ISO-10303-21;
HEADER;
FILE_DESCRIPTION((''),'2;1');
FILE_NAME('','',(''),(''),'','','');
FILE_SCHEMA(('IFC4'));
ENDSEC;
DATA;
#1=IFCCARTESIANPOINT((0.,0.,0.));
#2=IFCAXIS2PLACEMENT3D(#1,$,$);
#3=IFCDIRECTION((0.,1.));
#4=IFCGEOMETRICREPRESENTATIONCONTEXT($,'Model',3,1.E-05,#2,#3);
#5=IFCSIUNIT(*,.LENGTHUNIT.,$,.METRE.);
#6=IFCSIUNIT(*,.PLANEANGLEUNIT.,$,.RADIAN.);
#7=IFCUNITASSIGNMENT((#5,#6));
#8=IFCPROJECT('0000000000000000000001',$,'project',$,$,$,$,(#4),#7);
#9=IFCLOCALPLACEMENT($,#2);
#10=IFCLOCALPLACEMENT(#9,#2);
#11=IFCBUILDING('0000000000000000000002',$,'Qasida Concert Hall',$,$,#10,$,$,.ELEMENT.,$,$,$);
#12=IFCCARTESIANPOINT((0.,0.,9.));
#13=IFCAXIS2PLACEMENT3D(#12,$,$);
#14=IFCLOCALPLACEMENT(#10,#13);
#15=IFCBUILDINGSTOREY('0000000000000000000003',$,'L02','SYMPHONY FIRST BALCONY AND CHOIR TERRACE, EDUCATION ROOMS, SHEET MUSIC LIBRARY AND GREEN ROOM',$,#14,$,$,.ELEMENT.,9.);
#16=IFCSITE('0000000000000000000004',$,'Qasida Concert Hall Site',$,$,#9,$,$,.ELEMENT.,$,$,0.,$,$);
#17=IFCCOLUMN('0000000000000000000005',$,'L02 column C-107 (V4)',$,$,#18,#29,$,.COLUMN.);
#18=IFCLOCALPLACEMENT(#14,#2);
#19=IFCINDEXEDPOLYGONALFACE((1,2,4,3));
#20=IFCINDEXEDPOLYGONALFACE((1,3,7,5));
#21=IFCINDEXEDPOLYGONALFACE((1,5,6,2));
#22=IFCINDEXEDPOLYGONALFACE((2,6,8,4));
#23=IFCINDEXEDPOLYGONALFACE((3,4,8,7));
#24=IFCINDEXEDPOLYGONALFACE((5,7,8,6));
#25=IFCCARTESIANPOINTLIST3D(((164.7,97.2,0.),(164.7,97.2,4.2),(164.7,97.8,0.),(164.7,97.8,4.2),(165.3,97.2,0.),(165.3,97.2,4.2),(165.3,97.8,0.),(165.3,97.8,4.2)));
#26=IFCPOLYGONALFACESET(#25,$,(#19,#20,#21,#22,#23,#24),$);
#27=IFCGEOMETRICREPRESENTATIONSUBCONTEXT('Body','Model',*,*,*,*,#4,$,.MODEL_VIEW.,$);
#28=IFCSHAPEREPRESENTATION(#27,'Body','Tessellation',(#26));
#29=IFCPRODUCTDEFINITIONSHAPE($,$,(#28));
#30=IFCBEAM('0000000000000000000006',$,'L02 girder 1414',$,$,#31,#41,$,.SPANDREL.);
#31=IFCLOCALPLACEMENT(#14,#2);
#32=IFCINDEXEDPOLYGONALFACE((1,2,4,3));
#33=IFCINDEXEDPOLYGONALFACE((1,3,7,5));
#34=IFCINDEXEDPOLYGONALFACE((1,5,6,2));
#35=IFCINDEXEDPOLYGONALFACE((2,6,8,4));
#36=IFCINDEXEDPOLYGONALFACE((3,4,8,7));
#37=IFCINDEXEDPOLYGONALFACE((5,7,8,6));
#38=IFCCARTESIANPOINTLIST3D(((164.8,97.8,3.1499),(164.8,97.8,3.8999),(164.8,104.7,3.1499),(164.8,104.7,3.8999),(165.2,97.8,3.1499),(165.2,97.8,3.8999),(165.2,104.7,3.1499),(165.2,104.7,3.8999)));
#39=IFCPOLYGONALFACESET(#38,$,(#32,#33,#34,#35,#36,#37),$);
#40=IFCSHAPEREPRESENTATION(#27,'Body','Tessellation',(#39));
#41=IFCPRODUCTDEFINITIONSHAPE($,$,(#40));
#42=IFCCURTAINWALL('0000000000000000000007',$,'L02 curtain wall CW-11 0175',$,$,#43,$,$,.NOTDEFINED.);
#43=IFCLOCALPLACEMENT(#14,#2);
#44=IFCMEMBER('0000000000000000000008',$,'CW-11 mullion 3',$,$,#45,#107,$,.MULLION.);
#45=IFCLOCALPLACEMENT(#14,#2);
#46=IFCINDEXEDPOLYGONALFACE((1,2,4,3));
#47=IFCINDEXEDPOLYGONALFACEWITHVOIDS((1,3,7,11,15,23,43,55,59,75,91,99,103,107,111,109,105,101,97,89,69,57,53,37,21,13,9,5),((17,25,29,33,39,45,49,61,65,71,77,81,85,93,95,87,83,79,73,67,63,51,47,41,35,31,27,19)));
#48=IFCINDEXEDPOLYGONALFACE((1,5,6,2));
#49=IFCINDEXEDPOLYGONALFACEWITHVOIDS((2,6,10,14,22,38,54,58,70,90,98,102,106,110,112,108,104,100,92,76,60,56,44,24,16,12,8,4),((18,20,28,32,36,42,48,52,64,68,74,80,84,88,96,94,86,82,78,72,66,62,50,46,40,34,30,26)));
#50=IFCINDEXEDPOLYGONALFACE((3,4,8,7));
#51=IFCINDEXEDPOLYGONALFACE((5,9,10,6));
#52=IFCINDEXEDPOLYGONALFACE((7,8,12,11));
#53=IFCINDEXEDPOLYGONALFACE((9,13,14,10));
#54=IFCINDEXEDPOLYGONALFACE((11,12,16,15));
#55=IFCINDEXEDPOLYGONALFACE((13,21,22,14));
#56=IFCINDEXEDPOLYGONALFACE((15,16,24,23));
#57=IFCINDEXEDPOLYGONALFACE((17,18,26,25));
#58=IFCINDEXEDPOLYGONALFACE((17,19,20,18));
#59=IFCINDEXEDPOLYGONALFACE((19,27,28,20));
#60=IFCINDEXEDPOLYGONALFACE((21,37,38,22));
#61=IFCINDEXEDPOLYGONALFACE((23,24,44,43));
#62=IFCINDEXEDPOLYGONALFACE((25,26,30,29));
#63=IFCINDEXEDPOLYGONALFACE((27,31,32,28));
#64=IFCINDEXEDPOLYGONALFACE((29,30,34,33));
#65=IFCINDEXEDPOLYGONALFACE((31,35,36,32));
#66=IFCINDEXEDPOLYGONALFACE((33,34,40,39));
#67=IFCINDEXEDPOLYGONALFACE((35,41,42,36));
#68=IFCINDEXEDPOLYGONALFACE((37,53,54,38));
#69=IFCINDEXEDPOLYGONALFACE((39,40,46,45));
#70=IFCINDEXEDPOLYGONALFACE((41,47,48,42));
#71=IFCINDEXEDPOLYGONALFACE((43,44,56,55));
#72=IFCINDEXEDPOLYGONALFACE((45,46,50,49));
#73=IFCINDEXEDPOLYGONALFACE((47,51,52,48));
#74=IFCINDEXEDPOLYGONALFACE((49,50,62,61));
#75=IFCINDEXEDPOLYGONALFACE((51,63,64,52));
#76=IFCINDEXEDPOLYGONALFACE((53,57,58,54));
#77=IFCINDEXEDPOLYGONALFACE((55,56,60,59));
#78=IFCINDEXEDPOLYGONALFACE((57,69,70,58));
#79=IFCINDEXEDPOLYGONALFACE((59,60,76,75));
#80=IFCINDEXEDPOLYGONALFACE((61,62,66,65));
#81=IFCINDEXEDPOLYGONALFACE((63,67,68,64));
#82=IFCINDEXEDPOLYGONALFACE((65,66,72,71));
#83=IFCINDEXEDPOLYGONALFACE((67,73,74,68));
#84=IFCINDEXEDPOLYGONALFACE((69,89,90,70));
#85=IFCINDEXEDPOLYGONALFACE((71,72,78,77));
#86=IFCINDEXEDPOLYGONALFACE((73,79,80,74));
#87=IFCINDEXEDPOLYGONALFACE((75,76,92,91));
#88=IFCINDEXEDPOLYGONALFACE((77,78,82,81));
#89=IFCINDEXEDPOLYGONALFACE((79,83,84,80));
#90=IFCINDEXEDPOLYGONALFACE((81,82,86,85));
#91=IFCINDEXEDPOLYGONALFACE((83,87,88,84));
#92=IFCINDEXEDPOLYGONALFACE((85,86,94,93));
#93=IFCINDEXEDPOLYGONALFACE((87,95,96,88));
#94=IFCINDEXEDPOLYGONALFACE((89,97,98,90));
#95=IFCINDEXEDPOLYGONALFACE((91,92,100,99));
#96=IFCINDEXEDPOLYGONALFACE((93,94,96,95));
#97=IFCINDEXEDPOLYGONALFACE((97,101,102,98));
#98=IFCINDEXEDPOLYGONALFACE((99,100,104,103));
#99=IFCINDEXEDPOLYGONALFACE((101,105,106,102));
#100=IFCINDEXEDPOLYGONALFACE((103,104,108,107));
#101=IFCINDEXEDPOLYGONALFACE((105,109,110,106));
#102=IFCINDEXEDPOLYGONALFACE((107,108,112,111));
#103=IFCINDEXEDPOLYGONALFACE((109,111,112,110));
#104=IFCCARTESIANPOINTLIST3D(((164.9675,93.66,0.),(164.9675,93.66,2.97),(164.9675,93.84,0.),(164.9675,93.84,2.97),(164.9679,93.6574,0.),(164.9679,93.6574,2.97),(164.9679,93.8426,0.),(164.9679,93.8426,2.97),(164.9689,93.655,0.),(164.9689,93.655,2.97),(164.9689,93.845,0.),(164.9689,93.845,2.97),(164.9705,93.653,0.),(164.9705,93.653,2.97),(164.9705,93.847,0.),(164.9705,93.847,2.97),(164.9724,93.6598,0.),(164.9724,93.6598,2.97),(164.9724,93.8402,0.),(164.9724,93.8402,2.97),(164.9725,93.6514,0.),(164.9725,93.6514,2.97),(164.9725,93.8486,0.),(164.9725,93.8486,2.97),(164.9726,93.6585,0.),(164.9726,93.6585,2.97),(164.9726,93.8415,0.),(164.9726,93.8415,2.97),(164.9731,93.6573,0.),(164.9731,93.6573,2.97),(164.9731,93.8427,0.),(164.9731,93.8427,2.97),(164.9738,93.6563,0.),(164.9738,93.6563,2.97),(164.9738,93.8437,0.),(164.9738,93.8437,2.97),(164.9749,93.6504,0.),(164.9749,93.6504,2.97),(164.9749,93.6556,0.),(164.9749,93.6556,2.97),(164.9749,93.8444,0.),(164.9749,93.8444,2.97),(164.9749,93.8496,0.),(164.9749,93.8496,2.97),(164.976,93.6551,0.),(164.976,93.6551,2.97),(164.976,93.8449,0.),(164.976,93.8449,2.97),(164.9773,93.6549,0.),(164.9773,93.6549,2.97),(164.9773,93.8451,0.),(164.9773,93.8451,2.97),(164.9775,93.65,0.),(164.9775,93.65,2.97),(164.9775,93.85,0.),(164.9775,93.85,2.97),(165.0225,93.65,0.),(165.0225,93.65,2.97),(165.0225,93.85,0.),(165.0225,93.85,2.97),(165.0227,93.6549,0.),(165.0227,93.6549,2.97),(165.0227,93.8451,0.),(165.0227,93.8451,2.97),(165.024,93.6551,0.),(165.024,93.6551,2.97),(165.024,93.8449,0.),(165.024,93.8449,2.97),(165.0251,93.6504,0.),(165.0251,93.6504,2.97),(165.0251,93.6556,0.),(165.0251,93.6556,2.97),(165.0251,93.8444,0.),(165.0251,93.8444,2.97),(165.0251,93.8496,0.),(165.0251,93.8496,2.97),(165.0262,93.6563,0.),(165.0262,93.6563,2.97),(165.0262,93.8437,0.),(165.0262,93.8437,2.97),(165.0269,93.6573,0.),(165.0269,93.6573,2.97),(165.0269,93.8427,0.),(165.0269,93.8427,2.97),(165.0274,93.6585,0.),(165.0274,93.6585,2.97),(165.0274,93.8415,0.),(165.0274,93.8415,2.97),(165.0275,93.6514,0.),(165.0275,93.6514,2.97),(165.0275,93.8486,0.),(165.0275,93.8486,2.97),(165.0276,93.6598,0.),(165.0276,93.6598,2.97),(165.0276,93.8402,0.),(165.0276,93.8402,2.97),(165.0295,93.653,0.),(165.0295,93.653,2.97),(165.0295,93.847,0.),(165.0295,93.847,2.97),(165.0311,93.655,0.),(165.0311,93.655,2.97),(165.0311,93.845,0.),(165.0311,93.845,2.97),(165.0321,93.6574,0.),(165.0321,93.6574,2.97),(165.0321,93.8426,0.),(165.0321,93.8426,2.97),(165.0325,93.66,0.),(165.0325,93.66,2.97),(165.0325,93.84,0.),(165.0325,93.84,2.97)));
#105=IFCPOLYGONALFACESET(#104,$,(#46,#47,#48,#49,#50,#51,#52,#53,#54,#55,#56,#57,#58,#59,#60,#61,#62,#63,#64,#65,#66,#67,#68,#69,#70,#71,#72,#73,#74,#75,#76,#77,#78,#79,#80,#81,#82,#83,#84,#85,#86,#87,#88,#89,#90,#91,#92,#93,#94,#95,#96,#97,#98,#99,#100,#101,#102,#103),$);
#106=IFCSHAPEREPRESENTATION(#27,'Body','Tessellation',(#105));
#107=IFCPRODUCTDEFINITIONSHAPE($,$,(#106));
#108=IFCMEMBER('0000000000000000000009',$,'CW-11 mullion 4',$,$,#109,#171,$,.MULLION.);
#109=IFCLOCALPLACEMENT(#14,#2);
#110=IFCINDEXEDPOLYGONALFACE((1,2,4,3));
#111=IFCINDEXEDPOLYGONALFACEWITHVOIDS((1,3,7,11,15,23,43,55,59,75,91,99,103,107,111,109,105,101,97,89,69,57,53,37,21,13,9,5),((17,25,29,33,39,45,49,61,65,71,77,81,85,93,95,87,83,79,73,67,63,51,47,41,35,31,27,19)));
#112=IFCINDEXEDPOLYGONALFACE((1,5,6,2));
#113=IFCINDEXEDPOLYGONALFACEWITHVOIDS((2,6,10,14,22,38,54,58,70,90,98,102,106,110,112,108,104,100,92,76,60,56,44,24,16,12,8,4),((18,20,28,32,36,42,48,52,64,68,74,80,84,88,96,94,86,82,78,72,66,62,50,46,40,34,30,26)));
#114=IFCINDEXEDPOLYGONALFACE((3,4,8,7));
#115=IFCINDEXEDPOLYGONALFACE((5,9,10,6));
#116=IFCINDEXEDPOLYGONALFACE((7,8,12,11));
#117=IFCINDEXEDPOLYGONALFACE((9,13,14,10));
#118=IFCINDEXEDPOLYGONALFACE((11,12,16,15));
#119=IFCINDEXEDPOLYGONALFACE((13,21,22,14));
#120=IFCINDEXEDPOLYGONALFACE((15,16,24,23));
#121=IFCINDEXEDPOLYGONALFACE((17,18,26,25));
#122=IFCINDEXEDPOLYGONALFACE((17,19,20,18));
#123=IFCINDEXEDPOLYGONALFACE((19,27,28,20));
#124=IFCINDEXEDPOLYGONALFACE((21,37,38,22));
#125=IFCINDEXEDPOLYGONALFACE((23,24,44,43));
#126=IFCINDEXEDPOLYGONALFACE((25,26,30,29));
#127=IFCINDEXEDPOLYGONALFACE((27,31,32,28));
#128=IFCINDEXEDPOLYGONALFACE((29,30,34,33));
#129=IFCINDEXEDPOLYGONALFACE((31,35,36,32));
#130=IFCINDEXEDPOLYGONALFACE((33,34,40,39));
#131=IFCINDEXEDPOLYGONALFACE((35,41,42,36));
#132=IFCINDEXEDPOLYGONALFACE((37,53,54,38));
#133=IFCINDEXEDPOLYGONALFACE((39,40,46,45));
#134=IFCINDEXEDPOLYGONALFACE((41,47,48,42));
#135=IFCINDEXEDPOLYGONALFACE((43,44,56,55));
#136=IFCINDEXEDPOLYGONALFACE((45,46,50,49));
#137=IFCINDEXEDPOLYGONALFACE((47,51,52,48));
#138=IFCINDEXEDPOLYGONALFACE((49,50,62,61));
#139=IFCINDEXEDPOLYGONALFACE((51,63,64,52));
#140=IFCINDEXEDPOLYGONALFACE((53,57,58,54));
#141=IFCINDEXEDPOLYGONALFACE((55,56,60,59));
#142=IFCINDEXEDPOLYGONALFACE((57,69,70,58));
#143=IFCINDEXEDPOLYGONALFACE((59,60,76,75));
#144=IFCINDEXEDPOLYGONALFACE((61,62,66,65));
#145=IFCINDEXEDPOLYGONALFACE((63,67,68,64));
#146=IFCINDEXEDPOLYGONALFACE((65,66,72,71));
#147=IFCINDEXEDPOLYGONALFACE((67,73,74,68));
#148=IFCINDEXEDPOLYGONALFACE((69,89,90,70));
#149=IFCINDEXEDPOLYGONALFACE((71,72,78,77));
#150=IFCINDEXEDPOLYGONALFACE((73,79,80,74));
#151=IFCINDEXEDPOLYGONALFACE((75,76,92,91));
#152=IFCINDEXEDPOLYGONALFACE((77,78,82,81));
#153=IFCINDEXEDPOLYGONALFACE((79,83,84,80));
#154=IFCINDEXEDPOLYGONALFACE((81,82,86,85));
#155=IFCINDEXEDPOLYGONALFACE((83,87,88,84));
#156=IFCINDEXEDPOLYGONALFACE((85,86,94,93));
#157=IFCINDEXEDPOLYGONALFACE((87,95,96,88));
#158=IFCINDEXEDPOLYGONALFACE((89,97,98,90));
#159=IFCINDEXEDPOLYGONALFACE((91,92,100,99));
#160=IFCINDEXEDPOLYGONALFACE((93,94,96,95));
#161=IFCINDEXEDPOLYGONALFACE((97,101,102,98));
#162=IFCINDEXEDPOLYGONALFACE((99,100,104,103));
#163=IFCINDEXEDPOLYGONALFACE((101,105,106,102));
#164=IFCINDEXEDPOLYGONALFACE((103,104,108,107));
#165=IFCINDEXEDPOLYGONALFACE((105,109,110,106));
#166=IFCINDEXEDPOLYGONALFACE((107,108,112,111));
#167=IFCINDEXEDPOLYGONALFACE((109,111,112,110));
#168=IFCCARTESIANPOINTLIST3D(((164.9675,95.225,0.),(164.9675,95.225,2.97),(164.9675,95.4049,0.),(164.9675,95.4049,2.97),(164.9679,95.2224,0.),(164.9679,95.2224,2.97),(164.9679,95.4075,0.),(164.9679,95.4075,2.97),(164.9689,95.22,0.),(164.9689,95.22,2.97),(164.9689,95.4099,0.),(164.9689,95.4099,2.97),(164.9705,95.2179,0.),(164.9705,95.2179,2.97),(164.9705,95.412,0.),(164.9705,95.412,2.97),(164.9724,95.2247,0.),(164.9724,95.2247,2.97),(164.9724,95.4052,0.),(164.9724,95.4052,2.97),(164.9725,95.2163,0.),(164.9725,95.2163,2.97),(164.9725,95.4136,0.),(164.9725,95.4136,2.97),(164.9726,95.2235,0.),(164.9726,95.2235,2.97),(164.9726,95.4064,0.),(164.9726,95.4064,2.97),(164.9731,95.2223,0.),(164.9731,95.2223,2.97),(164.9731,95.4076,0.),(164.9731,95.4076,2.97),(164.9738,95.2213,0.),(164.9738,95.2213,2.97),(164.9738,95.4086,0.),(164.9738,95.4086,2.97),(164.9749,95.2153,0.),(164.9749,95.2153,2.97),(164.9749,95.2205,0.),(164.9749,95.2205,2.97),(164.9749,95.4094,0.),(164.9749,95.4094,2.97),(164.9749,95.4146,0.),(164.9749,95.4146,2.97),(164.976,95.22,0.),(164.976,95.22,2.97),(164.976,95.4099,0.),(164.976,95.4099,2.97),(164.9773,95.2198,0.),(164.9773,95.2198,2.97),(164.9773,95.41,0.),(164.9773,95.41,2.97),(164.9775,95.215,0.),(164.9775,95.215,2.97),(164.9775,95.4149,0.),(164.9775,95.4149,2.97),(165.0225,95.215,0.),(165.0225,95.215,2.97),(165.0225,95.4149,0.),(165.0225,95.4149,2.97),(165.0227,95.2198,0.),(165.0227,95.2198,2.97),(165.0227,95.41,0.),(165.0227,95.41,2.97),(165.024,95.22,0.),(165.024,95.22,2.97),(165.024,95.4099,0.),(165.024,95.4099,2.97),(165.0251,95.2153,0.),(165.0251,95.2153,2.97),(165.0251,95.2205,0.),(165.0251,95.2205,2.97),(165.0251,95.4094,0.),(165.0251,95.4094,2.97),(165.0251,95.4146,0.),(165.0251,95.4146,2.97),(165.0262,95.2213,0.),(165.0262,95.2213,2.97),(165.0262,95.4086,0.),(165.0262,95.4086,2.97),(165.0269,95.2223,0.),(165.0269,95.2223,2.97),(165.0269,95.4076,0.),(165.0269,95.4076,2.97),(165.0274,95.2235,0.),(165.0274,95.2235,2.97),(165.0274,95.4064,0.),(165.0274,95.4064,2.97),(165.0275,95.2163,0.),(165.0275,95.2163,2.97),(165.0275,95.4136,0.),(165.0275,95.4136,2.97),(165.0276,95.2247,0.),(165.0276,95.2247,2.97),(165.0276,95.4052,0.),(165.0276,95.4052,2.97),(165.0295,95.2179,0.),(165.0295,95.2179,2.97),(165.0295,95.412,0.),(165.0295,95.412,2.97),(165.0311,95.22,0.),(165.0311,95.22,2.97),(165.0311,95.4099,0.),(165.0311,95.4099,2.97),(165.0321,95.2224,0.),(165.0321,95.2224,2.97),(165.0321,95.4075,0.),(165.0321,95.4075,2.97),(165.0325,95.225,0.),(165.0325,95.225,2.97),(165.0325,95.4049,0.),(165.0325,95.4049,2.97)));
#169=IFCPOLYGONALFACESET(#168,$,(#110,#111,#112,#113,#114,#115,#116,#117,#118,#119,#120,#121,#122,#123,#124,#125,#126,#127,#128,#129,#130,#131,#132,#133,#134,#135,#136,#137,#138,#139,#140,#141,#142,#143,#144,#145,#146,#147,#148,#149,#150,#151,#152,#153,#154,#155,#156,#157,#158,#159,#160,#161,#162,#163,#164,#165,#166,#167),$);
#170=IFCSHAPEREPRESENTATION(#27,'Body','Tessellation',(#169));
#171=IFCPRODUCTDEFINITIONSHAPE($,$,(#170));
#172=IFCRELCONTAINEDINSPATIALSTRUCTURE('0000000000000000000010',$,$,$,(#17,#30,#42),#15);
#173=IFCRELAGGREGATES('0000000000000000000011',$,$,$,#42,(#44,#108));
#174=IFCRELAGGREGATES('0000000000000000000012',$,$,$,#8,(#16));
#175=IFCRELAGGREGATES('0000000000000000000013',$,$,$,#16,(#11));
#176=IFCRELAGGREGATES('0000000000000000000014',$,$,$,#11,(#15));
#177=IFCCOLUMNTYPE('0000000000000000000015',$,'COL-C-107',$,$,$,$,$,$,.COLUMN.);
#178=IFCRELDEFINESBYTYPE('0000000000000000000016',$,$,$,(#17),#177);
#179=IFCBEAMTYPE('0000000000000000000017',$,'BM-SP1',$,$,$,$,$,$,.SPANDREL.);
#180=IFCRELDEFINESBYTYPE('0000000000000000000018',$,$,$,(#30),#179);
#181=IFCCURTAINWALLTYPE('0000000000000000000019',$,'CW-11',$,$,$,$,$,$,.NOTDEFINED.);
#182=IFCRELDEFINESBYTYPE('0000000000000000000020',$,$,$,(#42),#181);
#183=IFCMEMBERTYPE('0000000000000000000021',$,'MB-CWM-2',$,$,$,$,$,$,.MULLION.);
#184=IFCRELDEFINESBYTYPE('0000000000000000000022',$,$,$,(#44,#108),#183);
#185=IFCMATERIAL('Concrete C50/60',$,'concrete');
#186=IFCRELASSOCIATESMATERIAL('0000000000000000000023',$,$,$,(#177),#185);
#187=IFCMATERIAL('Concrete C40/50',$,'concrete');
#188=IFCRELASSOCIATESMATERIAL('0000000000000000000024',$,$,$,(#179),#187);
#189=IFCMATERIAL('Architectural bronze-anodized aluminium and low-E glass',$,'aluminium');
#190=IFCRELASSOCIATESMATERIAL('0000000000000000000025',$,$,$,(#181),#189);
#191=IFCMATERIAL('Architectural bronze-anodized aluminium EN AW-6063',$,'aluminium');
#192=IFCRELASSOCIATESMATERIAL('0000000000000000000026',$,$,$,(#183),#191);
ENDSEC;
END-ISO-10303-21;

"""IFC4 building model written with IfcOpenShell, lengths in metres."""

from ifc_helpers import new_model, si_unit, direction, frame, origin, origin_2d, place, context, subcontext, project, spatial, rectangle, hollow_rectangle, extrude, material, material_profile, profile_set, type_object, element, aggregate, save


model = new_model("IFC4")

# Units and contexts
model_context = context("Model", 3, precision=1e-05, world=origin(), true_north=direction((0.0, 1.0)))
body_context = subcontext(model_context, "Body", "Model", "MODEL_VIEW")
ifc_project = project(units=[si_unit("LENGTHUNIT", "METRE"), si_unit("PLANEANGLEUNIT", "RADIAN")], contexts=[model_context])

# Site, building, storey
site_placement = place(None, origin())
site = spatial("IfcSite", under=ifc_project, at=site_placement, Name="Qasida Concert Hall Site", CompositionType="ELEMENT", RefElevation=0.0)
building_placement = place(site_placement, origin())
building = spatial("IfcBuilding", under=site, at=building_placement, Name="Qasida Concert Hall", CompositionType="ELEMENT")
storey_placement = place(building_placement, frame((0.0, 0.0, 9.0)))
storey = spatial("IfcBuildingStorey", under=building, at=storey_placement, Name="L02", Description="SYMPHONY FIRST BALCONY AND CHOIR TERRACE, EDUCATION ROOMS, SHEET MUSIC LIBRARY AND GREEN ROOM", CompositionType="ELEMENT", Elevation=9.0)

# Column
ifc_material_1 = material(Name="Concrete C50/60", Category="concrete")
ifc_material_profile_1 = material_profile(ifc_material_1, rectangle(XDim=0.6001, YDim=0.6001, at=origin_2d()), Name="RC 600x600")
ifc_profile_set_1 = profile_set([ifc_material_profile_1], Name="Concrete C50/60")
column_type = type_object("IfcColumnType", Name="COL-C-107", PredefinedType="COLUMN", material=ifc_profile_set_1)
column_placement = place(storey_placement, frame((165.0, 97.5, 0.0), z_axis=(0.0, 0.0, 1.0), x_axis=(1.0, 0.0, 0.0)))
element("IfcColumn", 1, at=column_placement, inside=storey, type_object=column_type, Name="L02 column C-107 (V4)", PredefinedType="COLUMN", context=body_context, shape_type="SweptSolid", body=[
    extrude(rectangle(XDim=0.6001, YDim=0.6001, at=origin_2d()), origin(), (0.0, 0.0, 1.0), 4.2),
])

# Beam
ifc_material_2 = material(Name="Concrete C40/50", Category="concrete")
ifc_material_profile_2 = material_profile(ifc_material_2, rectangle(XDim=0.3999, YDim=0.75, at=origin_2d()), Name="RC 400x750")
ifc_profile_set_2 = profile_set([ifc_material_profile_2], Name="Concrete C40/50")
beam_type = type_object("IfcBeamType", Name="BM-SP1", PredefinedType="SPANDREL", material=ifc_profile_set_2)
beam_placement = place(storey_placement, frame((165.0, 97.8, 3.5249), z_axis=(0.0, 1.0, 0.0), x_axis=(-1.0, 0.0, 0.0)))
element("IfcBeam", 2, at=beam_placement, inside=storey, type_object=beam_type, Name="L02 girder 1414", PredefinedType="SPANDREL", context=body_context, shape_type="SweptSolid", body=[
    extrude(rectangle(XDim=0.3999, YDim=0.75, at=origin_2d()), origin(), (0.0, 0.0, 1.0), 6.8999),
])

# Curtain wall, members
ifc_material_3 = material(Name="Architectural bronze-anodized aluminium and low-E glass", Category="aluminium")
curtain_wall_type = type_object("IfcCurtainWallType", Name="CW-11", PredefinedType="NOTDEFINED", material=ifc_material_3)
curtain_wall_placement = place(storey_placement, origin())
curtain_wall = element("IfcCurtainWall", 3, at=curtain_wall_placement, inside=storey, type_object=curtain_wall_type, Name="L02 curtain wall CW-11 0175", PredefinedType="NOTDEFINED")
ifc_material_4 = material(Name="Architectural bronze-anodized aluminium EN AW-6063", Category="aluminium")
ifc_material_profile_3 = material_profile(ifc_material_4, hollow_rectangle(XDim=0.0649, YDim=0.2, WallThickness=0.0049, InnerFilletRadius=0.0049, OuterFilletRadius=0.01, at=origin_2d()), Name="CWM 200x65x5")
ifc_profile_set_3 = profile_set([ifc_material_profile_3], Name="Architectural bronze-anodized aluminium EN AW-6063")
member_type_1 = type_object("IfcMemberType", Name="MB-CWM-2", PredefinedType="MULLION", material=ifc_profile_set_3)
member_1_placement = place(storey_placement, frame((165.0, 93.75, 0.0), z_axis=(0.0, 0.0, 1.0), x_axis=(-1.0, 0.0, 0.0)))
member_1 = element("IfcMember", 4, at=member_1_placement, type_object=member_type_1, Name="CW-11 mullion 3", PredefinedType="MULLION", context=body_context, shape_type="SweptSolid", body=[
    extrude(hollow_rectangle(XDim=0.0649, YDim=0.2, WallThickness=0.0049, InnerFilletRadius=0.0049, OuterFilletRadius=0.01, at=origin_2d()), origin(), (0.0, 0.0, 1.0), 2.97),
])
member_2_placement = place(storey_placement, frame((165.0, 95.3149, 0.0), z_axis=(0.0, 0.0, 1.0), x_axis=(-1.0, 0.0, 0.0)))
member_2 = element("IfcMember", 5, at=member_2_placement, type_object=member_type_1, Name="CW-11 mullion 4", PredefinedType="MULLION", context=body_context, shape_type="SweptSolid", body=[
    extrude(hollow_rectangle(XDim=0.0649, YDim=0.2, WallThickness=0.0049, InnerFilletRadius=0.0049, OuterFilletRadius=0.01, at=origin_2d()), origin(), (0.0, 0.0, 1.0), 2.97),
])
aggregate(curtain_wall, [member_1, member_2])

save(model, "model.ifc")
